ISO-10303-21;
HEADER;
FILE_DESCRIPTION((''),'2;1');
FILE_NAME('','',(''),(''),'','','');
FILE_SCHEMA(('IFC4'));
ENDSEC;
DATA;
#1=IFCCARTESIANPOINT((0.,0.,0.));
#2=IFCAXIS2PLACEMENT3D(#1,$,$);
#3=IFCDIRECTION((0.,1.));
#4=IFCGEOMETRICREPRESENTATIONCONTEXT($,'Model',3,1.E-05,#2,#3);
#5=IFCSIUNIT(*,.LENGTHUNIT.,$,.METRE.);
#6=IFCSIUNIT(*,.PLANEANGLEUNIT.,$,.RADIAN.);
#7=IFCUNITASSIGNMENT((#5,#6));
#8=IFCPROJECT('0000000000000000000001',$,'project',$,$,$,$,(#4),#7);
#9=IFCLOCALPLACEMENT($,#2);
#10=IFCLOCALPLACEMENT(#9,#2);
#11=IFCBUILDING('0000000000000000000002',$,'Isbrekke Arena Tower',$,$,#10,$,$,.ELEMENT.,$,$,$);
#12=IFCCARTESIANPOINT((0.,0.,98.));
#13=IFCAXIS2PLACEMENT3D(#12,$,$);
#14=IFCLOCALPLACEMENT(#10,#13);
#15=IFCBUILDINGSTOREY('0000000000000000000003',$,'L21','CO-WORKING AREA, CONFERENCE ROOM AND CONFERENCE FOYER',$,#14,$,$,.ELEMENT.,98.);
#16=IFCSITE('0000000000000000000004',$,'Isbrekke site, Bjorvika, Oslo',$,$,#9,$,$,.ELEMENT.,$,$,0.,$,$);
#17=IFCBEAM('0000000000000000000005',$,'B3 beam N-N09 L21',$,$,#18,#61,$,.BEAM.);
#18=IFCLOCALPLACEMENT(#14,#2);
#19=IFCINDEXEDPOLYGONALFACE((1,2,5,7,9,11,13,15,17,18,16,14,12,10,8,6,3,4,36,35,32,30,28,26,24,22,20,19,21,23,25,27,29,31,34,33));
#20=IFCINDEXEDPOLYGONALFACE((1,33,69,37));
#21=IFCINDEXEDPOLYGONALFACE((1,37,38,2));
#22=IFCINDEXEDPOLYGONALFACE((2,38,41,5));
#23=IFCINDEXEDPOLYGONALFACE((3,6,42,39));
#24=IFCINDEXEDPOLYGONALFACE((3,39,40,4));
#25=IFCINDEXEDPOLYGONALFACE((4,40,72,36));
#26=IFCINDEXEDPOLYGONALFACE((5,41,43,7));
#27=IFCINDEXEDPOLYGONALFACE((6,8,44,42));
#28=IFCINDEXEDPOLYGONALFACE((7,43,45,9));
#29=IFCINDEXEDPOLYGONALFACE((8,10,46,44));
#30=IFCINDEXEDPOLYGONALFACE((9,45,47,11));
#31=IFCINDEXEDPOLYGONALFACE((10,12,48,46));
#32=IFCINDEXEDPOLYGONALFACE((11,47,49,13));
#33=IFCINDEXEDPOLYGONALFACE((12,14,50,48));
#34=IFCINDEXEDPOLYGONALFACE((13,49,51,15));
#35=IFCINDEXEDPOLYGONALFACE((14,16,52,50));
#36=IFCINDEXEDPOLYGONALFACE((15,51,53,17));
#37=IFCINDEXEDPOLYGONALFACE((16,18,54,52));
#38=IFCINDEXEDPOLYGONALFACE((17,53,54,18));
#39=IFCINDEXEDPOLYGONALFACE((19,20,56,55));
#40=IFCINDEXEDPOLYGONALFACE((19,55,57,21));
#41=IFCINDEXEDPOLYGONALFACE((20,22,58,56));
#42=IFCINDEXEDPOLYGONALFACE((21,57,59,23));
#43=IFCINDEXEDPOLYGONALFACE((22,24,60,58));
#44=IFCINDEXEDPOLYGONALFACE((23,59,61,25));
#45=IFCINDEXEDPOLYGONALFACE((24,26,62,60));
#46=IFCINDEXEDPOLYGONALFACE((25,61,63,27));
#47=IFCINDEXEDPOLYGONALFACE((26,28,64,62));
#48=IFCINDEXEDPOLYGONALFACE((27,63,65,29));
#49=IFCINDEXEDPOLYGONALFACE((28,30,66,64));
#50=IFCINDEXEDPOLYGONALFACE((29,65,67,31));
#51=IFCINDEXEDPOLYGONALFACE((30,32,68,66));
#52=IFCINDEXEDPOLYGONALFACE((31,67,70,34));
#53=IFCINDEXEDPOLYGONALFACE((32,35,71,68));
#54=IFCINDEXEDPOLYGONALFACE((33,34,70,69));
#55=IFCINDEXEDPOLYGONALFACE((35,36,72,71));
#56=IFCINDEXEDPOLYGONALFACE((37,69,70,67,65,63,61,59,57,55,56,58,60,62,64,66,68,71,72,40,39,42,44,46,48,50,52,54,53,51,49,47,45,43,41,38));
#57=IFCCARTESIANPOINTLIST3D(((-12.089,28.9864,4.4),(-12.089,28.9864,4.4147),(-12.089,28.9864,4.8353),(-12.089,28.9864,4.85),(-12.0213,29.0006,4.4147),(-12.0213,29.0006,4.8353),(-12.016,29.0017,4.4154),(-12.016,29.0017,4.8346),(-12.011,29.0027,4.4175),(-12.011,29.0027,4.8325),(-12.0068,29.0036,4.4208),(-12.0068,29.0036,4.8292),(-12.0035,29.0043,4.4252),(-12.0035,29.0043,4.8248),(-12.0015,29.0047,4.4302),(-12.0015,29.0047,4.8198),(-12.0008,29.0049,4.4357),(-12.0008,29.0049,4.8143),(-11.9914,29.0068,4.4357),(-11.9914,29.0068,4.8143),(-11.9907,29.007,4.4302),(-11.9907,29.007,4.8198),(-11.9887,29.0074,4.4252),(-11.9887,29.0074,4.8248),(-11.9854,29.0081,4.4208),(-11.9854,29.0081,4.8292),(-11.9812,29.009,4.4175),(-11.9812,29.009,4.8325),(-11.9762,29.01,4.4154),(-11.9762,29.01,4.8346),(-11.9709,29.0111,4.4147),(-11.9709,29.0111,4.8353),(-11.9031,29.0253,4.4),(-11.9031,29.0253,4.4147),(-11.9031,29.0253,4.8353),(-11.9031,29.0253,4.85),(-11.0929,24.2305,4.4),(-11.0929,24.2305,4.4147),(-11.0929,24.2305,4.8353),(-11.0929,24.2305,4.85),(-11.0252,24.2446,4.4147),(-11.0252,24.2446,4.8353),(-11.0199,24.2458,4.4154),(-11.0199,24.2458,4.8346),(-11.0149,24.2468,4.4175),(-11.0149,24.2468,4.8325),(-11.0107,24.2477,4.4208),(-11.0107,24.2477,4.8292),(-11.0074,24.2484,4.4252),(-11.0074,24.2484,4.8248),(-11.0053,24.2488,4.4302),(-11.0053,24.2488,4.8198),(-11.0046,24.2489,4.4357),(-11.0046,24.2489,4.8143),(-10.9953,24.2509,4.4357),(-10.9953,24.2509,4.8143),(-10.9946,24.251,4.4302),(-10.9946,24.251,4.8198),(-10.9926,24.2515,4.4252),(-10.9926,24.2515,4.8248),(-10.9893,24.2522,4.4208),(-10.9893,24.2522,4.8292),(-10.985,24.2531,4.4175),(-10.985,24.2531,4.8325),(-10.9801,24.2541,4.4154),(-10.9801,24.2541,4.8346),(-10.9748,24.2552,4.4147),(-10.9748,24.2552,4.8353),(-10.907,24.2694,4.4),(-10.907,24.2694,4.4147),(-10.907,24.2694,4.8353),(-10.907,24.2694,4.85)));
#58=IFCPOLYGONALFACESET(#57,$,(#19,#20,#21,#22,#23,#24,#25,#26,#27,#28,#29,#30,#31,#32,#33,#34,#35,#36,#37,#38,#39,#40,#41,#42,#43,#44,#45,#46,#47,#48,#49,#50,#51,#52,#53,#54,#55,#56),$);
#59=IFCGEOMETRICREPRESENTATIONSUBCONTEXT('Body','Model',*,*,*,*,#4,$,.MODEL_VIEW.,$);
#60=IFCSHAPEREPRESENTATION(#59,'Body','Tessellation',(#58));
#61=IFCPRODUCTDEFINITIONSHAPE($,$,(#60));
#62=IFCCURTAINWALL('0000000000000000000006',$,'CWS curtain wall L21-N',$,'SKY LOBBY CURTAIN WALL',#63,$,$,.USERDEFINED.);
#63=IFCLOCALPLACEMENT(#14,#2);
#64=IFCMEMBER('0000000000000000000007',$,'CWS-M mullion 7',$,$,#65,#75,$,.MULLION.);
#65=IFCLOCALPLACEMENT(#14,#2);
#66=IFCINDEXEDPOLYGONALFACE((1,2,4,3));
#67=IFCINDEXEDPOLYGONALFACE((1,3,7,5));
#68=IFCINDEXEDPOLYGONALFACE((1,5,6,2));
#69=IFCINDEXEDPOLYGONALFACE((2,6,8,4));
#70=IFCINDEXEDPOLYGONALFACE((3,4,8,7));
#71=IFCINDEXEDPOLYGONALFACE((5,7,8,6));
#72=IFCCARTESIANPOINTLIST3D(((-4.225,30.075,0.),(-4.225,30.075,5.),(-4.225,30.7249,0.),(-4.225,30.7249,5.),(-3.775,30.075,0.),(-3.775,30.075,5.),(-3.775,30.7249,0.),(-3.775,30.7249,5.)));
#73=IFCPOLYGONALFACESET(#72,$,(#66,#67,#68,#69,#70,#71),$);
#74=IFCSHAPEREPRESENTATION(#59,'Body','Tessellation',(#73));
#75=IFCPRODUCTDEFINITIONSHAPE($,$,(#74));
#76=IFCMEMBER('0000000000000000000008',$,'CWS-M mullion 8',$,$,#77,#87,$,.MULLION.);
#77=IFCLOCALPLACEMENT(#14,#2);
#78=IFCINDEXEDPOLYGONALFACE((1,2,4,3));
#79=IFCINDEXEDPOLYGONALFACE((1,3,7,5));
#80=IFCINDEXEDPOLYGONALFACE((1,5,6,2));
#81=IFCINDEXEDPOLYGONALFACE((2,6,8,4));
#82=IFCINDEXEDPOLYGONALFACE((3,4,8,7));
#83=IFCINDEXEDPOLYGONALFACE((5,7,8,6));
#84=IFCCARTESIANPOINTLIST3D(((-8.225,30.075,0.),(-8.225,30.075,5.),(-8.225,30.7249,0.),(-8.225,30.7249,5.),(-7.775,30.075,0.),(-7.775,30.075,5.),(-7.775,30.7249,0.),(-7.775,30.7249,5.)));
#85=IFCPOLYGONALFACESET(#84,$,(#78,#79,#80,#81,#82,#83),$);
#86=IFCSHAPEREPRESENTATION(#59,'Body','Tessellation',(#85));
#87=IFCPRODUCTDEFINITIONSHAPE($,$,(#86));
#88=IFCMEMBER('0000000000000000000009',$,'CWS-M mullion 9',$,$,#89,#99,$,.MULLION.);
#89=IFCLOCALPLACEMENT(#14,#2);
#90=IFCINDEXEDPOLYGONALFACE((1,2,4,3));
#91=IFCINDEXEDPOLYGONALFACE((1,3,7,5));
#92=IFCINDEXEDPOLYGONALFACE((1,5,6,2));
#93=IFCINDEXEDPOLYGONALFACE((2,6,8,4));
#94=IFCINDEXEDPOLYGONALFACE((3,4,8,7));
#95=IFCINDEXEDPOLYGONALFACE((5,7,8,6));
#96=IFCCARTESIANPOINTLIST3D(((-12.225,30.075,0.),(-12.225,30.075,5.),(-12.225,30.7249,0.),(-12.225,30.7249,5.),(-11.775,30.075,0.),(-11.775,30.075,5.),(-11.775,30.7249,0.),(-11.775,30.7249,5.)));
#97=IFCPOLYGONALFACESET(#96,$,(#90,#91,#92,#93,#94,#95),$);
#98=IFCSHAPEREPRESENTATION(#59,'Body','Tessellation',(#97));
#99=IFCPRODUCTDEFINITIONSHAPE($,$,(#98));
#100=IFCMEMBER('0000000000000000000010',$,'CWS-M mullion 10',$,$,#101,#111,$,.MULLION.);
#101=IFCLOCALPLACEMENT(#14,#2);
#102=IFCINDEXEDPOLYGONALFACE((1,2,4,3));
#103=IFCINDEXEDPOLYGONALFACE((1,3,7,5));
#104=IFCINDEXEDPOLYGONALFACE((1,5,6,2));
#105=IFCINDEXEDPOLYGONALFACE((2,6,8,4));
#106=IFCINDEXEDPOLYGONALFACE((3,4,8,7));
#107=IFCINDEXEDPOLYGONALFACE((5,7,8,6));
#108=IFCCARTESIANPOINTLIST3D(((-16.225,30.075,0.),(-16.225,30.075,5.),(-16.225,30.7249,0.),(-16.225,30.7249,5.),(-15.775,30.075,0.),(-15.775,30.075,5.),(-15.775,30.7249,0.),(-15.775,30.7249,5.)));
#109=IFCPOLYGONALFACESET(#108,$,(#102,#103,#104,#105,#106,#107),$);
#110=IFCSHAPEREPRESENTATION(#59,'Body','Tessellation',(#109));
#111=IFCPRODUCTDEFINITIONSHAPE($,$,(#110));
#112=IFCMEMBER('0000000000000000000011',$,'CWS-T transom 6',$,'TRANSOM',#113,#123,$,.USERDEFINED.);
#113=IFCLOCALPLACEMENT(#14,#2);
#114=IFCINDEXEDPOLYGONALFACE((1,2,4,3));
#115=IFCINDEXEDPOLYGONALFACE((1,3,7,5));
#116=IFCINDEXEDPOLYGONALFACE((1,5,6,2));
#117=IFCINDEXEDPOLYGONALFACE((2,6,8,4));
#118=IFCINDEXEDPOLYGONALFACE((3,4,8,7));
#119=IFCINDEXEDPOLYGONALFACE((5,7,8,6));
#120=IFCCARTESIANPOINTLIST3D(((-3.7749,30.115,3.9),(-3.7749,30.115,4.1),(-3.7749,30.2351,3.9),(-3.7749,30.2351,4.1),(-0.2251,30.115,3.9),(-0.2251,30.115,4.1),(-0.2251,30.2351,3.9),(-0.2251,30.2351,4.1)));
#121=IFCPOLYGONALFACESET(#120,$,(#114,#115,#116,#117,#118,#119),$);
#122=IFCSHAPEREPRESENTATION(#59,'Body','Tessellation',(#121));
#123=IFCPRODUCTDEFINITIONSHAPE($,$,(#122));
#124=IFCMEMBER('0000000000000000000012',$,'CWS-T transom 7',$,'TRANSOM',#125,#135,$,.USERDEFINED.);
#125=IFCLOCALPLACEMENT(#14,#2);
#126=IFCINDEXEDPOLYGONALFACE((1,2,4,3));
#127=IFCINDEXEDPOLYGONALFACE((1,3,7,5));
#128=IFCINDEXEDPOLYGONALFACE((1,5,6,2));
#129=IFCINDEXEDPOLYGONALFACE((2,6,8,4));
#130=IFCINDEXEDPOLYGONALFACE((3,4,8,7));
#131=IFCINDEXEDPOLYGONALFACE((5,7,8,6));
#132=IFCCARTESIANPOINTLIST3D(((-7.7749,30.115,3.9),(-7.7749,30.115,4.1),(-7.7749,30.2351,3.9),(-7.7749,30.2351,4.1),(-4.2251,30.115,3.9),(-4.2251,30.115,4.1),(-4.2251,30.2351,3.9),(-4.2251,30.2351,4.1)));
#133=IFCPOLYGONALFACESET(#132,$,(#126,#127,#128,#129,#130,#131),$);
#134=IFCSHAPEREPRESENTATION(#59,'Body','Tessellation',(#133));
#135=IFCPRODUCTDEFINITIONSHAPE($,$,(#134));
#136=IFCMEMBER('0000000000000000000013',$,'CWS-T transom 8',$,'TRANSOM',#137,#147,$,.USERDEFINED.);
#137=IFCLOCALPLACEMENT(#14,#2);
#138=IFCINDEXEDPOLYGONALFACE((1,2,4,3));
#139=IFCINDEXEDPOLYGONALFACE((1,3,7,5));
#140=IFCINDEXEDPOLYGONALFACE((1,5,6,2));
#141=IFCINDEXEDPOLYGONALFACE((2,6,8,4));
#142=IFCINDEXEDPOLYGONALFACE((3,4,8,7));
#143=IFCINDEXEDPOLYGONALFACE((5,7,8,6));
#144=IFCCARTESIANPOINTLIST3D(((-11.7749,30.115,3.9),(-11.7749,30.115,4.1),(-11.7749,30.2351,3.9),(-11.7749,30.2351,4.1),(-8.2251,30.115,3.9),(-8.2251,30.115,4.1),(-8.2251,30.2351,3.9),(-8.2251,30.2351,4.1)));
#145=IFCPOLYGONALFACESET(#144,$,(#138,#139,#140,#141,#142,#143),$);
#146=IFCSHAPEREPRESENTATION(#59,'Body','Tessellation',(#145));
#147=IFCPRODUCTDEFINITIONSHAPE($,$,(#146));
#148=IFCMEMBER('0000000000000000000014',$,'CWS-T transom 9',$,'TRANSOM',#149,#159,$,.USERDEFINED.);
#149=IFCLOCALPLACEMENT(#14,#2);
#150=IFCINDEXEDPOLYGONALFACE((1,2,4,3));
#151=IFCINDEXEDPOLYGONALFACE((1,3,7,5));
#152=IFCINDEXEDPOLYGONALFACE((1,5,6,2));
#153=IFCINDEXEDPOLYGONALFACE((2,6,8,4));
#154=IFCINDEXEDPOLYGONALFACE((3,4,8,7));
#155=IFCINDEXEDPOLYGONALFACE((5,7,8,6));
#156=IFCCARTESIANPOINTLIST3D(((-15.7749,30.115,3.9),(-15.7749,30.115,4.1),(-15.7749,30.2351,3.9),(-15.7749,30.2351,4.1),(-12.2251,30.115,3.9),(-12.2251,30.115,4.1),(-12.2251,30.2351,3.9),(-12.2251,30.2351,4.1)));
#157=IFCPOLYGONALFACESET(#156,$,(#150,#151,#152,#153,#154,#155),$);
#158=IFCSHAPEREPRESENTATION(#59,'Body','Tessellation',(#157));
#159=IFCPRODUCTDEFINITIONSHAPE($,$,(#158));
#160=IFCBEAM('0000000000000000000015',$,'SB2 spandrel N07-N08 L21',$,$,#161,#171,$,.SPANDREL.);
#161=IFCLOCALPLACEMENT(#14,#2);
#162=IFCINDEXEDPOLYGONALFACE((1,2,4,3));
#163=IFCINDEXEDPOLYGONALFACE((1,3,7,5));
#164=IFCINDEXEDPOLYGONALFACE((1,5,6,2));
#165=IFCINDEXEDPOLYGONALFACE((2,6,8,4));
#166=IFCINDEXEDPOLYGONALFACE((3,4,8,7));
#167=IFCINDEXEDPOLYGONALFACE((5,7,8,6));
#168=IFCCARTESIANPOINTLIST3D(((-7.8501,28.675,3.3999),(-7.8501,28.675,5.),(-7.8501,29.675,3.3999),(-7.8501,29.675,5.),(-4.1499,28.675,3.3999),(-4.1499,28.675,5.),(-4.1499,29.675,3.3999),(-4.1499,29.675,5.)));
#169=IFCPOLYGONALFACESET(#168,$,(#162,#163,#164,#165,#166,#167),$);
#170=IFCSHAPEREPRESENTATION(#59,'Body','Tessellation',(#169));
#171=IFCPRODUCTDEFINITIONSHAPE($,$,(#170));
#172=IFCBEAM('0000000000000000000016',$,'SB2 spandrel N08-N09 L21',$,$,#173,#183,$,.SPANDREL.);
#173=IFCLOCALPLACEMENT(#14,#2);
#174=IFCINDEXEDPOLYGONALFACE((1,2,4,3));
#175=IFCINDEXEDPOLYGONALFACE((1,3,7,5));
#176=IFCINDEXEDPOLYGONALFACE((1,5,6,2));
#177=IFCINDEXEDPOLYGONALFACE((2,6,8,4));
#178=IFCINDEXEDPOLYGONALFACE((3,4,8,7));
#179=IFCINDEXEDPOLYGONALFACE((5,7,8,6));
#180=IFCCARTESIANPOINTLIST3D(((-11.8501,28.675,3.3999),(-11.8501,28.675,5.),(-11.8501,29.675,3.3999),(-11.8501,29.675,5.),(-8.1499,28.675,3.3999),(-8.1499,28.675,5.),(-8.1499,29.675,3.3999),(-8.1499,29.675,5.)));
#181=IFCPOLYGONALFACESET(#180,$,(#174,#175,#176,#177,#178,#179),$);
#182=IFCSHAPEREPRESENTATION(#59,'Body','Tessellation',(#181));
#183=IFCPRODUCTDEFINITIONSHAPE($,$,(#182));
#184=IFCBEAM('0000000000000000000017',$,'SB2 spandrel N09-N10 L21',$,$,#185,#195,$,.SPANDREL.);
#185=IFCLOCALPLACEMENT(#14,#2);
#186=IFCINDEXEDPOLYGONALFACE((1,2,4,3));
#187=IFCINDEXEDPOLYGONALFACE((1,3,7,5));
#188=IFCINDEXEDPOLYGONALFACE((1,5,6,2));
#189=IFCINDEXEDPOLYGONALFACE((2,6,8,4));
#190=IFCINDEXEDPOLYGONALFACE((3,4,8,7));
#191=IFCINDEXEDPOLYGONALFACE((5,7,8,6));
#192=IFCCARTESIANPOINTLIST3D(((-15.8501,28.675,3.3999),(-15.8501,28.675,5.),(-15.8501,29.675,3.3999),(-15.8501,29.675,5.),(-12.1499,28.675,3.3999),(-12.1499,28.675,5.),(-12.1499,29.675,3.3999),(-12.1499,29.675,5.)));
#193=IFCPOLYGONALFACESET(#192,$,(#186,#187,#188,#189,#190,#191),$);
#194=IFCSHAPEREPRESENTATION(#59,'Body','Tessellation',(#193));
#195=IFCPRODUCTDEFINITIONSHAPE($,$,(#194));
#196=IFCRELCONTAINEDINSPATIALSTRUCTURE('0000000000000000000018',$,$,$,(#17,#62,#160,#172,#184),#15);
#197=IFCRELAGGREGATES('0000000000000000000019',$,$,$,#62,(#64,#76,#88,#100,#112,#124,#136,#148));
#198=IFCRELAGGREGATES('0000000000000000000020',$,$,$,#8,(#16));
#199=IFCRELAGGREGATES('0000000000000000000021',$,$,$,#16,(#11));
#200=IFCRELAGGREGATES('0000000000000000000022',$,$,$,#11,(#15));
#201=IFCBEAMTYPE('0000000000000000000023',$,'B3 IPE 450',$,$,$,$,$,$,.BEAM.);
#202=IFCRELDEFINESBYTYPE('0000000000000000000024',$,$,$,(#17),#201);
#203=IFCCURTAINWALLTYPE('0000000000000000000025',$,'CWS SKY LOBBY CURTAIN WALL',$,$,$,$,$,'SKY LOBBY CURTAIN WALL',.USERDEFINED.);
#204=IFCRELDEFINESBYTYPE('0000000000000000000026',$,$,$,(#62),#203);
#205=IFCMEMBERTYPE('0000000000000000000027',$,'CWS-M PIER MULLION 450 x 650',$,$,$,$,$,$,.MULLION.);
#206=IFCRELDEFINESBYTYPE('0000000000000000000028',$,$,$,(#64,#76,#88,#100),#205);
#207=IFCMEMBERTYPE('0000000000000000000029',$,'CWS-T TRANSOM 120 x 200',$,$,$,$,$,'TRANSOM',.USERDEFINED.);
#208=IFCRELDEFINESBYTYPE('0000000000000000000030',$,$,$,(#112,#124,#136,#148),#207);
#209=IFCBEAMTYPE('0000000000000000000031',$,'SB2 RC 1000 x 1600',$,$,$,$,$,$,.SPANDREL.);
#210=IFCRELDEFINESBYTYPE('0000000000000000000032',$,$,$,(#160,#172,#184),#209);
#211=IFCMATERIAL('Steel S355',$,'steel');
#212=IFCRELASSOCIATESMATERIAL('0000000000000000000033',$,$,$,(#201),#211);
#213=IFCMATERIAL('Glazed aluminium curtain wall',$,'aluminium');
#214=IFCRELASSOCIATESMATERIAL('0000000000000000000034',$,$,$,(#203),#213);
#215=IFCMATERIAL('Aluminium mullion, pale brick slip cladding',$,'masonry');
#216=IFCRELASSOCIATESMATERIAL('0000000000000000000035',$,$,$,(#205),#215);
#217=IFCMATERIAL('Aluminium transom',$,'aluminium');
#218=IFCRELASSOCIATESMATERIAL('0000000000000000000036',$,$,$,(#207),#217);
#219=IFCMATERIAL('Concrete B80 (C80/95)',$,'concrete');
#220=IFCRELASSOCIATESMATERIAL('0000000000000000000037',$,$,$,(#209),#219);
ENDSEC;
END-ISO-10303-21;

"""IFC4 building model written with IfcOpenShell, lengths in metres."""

from ifc_helpers import new_model, si_unit, direction, frame, origin, origin_2d, place, context, subcontext, project, spatial, rectangle, i_section, extrude, material, material_profile, profile_set, type_object, element, aggregate, save


model = new_model("IFC4")

# Units and contexts
model_context = context("Model", 3, precision=1e-05, world=origin(), true_north=direction((0.0, 1.0)))
body_context = subcontext(model_context, "Body", "Model", "MODEL_VIEW")
ifc_project = project(units=[si_unit("LENGTHUNIT", "METRE"), si_unit("PLANEANGLEUNIT", "RADIAN")], contexts=[model_context])

# Site, building, storey
site_placement = place(None, origin())
site = spatial("IfcSite", under=ifc_project, at=site_placement, Name="Isbrekke site, Bjorvika, Oslo", CompositionType="ELEMENT", RefElevation=0.0)
building_placement = place(site_placement, origin())
building = spatial("IfcBuilding", under=site, at=building_placement, Name="Isbrekke Arena Tower", CompositionType="ELEMENT")
storey_placement = place(building_placement, frame((0.0, 0.0, 98.0)))
storey = spatial("IfcBuildingStorey", under=building, at=storey_placement, Name="L21", Description="CO-WORKING AREA, CONFERENCE ROOM AND CONFERENCE FOYER", CompositionType="ELEMENT", Elevation=98.0)

# Beam
ifc_material_1 = material(Name="Steel S355", Category="steel")
ifc_material_profile_1 = material_profile(ifc_material_1, i_section(OverallWidth=0.1899, OverallDepth=0.45, WebThickness=0.0095, FlangeThickness=0.0146, FilletRadius=0.021, at=origin_2d()), Name="IPE 450")
ifc_profile_set_1 = profile_set([ifc_material_profile_1], Name="Steel S355")
beam_type_1 = type_object("IfcBeamType", Name="B3 IPE 450", PredefinedType="BEAM", material=ifc_profile_set_1)
beam_1_placement = place(storey_placement, frame((-11.9961, 29.0059, 4.625), z_axis=(0.204997, -0.978762, 0.0), x_axis=(0.978762, 0.204997, 0.0)))
element("IfcBeam", 1, at=beam_1_placement, inside=storey, type_object=beam_type_1, Name="B3 beam N-N09 L21", PredefinedType="BEAM", context=body_context, shape_type="SweptSolid", body=[
    extrude(i_section(OverallWidth=0.1899, OverallDepth=0.45, WebThickness=0.0095, FlangeThickness=0.0146, FilletRadius=0.021, at=origin_2d()), origin(), (0.0, 0.0, 1.0), 4.8591),
])

# Curtain wall, members
ifc_material_2 = material(Name="Glazed aluminium curtain wall", Category="aluminium")
curtain_wall_type = type_object("IfcCurtainWallType", Name="CWS SKY LOBBY CURTAIN WALL", ElementType="SKY LOBBY CURTAIN WALL", PredefinedType="USERDEFINED", material=ifc_material_2)
curtain_wall_placement = place(storey_placement, origin())
curtain_wall = element("IfcCurtainWall", 2, at=curtain_wall_placement, inside=storey, type_object=curtain_wall_type, Name="CWS curtain wall L21-N", ObjectType="SKY LOBBY CURTAIN WALL", PredefinedType="USERDEFINED")
ifc_material_3 = material(Name="Aluminium mullion, pale brick slip cladding", Category="masonry")
ifc_material_profile_2 = material_profile(ifc_material_3, rectangle(XDim=0.45, YDim=0.6499, at=origin_2d()), Name="PIER 450X650")
ifc_profile_set_2 = profile_set([ifc_material_profile_2], Name="Aluminium mullion, pale brick slip cladding")
member_type_1 = type_object("IfcMemberType", Name="CWS-M PIER MULLION 450 x 650", PredefinedType="MULLION", material=ifc_profile_set_2)
member_1_placement = place(storey_placement, frame((-4.0, 30.3999, 0.0), z_axis=(0.0, 0.0, 1.0), x_axis=(-1.0, 0.0, 0.0)))
member_1 = element("IfcMember", 3, at=member_1_placement, type_object=member_type_1, Name="CWS-M mullion 7", PredefinedType="MULLION", context=body_context, shape_type="SweptSolid", body=[
    extrude(rectangle(XDim=0.45, YDim=0.6499, at=origin_2d()), origin(), (0.0, 0.0, 1.0), 5.0),
])
member_2_placement = place(storey_placement, frame((-8.0, 30.3999, 0.0), z_axis=(0.0, 0.0, 1.0), x_axis=(-1.0, 0.0, 0.0)))
member_2 = element("IfcMember", 4, at=member_2_placement, type_object=member_type_1, Name="CWS-M mullion 8", PredefinedType="MULLION", context=body_context, shape_type="SweptSolid", body=[
    extrude(rectangle(XDim=0.45, YDim=0.6499, at=origin_2d()), origin(), (0.0, 0.0, 1.0), 5.0),
])
member_3_placement = place(storey_placement, frame((-12.0, 30.3999, 0.0), z_axis=(0.0, 0.0, 1.0), x_axis=(-1.0, 0.0, 0.0)))
member_3 = element("IfcMember", 5, at=member_3_placement, type_object=member_type_1, Name="CWS-M mullion 9", PredefinedType="MULLION", context=body_context, shape_type="SweptSolid", body=[
    extrude(rectangle(XDim=0.45, YDim=0.6499, at=origin_2d()), origin(), (0.0, 0.0, 1.0), 5.0),
])
member_4_placement = place(storey_placement, frame((-16.0, 30.3999, 0.0), z_axis=(0.0, 0.0, 1.0), x_axis=(-1.0, 0.0, 0.0)))
member_4 = element("IfcMember", 6, at=member_4_placement, type_object=member_type_1, Name="CWS-M mullion 10", PredefinedType="MULLION", context=body_context, shape_type="SweptSolid", body=[
    extrude(rectangle(XDim=0.45, YDim=0.6499, at=origin_2d()), origin(), (0.0, 0.0, 1.0), 5.0),
])
ifc_material_4 = material(Name="Aluminium transom", Category="aluminium")
ifc_material_profile_3 = material_profile(ifc_material_4, rectangle(XDim=0.1201, YDim=0.2, at=origin_2d()), Name="TRANSOM 120X200")
ifc_profile_set_3 = profile_set([ifc_material_profile_3], Name="Aluminium transom")
member_type_2 = type_object("IfcMemberType", Name="CWS-T TRANSOM 120 x 200", ElementType="TRANSOM", PredefinedType="USERDEFINED", material=ifc_profile_set_3)
member_5_placement = place(storey_placement, frame((-0.2251, 30.175, 4.0), z_axis=(-1.0, 0.0, 0.0), x_axis=(0.0, -1.0, 0.0)))
member_5 = element("IfcMember", 7, at=member_5_placement, type_object=member_type_2, Name="CWS-T transom 6", ObjectType="TRANSOM", PredefinedType="USERDEFINED", context=body_context, shape_type="SweptSolid", body=[
    extrude(rectangle(XDim=0.1201, YDim=0.2, at=origin_2d()), origin(), (0.0, 0.0, 1.0), 3.5498),
])
member_6_placement = place(storey_placement, frame((-4.2251, 30.175, 4.0), z_axis=(-1.0, 0.0, 0.0), x_axis=(0.0, -1.0, 0.0)))
member_6 = element("IfcMember", 8, at=member_6_placement, type_object=member_type_2, Name="CWS-T transom 7", ObjectType="TRANSOM", PredefinedType="USERDEFINED", context=body_context, shape_type="SweptSolid", body=[
    extrude(rectangle(XDim=0.1201, YDim=0.2, at=origin_2d()), origin(), (0.0, 0.0, 1.0), 3.5498),
])
member_7_placement = place(storey_placement, frame((-8.2251, 30.175, 4.0), z_axis=(-1.0, 0.0, 0.0), x_axis=(0.0, -1.0, 0.0)))
member_7 = element("IfcMember", 9, at=member_7_placement, type_object=member_type_2, Name="CWS-T transom 8", ObjectType="TRANSOM", PredefinedType="USERDEFINED", context=body_context, shape_type="SweptSolid", body=[
    extrude(rectangle(XDim=0.1201, YDim=0.2, at=origin_2d()), origin(), (0.0, 0.0, 1.0), 3.5498),
])
member_8_placement = place(storey_placement, frame((-12.2251, 30.175, 4.0), z_axis=(-1.0, 0.0, 0.0), x_axis=(0.0, -1.0, 0.0)))
member_8 = element("IfcMember", 10, at=member_8_placement, type_object=member_type_2, Name="CWS-T transom 9", ObjectType="TRANSOM", PredefinedType="USERDEFINED", context=body_context, shape_type="SweptSolid", body=[
    extrude(rectangle(XDim=0.1201, YDim=0.2, at=origin_2d()), origin(), (0.0, 0.0, 1.0), 3.5498),
])

# Beams
ifc_material_5 = material(Name="Concrete B80 (C80/95)", Category="concrete")
ifc_material_profile_4 = material_profile(ifc_material_5, rectangle(XDim=1.0, YDim=1.6001, at=origin_2d()), Name="RC 1000x1600")
ifc_profile_set_4 = profile_set([ifc_material_profile_4], Name="Concrete B80 (C80/95)")
beam_type_2 = type_object("IfcBeamType", Name="SB2 RC 1000 x 1600", PredefinedType="SPANDREL", material=ifc_profile_set_4)
for number, where, z_axis, x_axis, name in (
    (11, (-4.1499, 29.175, 4.2), (-1.0, 0.0, 0.0), (0.0, -1.0, 0.0), "SB2 spandrel N07-N08 L21"),
    (12, (-8.1499, 29.175, 4.2), (-1.0, 0.0, 0.0), (0.0, -1.0, 0.0), "SB2 spandrel N08-N09 L21"),
    (13, (-12.1499, 29.175, 4.2), (-1.0, 0.0, 0.0), (0.0, -1.0, 0.0), "SB2 spandrel N09-N10 L21"),
):
    element("IfcBeam", number, at=place(storey_placement, frame(where, z_axis=z_axis, x_axis=x_axis)), inside=storey, type_object=beam_type_2, Name=name, PredefinedType="SPANDREL", context=body_context, shape_type="SweptSolid", body=[
        extrude(rectangle(XDim=1.0, YDim=1.6001, at=origin_2d()), origin(), (0.0, 0.0, 1.0), 3.7002),
    ])

aggregate(curtain_wall, [member_1, member_2, member_3, member_4, member_5, member_6, member_7, member_8])

save(model, "model.ifc")
